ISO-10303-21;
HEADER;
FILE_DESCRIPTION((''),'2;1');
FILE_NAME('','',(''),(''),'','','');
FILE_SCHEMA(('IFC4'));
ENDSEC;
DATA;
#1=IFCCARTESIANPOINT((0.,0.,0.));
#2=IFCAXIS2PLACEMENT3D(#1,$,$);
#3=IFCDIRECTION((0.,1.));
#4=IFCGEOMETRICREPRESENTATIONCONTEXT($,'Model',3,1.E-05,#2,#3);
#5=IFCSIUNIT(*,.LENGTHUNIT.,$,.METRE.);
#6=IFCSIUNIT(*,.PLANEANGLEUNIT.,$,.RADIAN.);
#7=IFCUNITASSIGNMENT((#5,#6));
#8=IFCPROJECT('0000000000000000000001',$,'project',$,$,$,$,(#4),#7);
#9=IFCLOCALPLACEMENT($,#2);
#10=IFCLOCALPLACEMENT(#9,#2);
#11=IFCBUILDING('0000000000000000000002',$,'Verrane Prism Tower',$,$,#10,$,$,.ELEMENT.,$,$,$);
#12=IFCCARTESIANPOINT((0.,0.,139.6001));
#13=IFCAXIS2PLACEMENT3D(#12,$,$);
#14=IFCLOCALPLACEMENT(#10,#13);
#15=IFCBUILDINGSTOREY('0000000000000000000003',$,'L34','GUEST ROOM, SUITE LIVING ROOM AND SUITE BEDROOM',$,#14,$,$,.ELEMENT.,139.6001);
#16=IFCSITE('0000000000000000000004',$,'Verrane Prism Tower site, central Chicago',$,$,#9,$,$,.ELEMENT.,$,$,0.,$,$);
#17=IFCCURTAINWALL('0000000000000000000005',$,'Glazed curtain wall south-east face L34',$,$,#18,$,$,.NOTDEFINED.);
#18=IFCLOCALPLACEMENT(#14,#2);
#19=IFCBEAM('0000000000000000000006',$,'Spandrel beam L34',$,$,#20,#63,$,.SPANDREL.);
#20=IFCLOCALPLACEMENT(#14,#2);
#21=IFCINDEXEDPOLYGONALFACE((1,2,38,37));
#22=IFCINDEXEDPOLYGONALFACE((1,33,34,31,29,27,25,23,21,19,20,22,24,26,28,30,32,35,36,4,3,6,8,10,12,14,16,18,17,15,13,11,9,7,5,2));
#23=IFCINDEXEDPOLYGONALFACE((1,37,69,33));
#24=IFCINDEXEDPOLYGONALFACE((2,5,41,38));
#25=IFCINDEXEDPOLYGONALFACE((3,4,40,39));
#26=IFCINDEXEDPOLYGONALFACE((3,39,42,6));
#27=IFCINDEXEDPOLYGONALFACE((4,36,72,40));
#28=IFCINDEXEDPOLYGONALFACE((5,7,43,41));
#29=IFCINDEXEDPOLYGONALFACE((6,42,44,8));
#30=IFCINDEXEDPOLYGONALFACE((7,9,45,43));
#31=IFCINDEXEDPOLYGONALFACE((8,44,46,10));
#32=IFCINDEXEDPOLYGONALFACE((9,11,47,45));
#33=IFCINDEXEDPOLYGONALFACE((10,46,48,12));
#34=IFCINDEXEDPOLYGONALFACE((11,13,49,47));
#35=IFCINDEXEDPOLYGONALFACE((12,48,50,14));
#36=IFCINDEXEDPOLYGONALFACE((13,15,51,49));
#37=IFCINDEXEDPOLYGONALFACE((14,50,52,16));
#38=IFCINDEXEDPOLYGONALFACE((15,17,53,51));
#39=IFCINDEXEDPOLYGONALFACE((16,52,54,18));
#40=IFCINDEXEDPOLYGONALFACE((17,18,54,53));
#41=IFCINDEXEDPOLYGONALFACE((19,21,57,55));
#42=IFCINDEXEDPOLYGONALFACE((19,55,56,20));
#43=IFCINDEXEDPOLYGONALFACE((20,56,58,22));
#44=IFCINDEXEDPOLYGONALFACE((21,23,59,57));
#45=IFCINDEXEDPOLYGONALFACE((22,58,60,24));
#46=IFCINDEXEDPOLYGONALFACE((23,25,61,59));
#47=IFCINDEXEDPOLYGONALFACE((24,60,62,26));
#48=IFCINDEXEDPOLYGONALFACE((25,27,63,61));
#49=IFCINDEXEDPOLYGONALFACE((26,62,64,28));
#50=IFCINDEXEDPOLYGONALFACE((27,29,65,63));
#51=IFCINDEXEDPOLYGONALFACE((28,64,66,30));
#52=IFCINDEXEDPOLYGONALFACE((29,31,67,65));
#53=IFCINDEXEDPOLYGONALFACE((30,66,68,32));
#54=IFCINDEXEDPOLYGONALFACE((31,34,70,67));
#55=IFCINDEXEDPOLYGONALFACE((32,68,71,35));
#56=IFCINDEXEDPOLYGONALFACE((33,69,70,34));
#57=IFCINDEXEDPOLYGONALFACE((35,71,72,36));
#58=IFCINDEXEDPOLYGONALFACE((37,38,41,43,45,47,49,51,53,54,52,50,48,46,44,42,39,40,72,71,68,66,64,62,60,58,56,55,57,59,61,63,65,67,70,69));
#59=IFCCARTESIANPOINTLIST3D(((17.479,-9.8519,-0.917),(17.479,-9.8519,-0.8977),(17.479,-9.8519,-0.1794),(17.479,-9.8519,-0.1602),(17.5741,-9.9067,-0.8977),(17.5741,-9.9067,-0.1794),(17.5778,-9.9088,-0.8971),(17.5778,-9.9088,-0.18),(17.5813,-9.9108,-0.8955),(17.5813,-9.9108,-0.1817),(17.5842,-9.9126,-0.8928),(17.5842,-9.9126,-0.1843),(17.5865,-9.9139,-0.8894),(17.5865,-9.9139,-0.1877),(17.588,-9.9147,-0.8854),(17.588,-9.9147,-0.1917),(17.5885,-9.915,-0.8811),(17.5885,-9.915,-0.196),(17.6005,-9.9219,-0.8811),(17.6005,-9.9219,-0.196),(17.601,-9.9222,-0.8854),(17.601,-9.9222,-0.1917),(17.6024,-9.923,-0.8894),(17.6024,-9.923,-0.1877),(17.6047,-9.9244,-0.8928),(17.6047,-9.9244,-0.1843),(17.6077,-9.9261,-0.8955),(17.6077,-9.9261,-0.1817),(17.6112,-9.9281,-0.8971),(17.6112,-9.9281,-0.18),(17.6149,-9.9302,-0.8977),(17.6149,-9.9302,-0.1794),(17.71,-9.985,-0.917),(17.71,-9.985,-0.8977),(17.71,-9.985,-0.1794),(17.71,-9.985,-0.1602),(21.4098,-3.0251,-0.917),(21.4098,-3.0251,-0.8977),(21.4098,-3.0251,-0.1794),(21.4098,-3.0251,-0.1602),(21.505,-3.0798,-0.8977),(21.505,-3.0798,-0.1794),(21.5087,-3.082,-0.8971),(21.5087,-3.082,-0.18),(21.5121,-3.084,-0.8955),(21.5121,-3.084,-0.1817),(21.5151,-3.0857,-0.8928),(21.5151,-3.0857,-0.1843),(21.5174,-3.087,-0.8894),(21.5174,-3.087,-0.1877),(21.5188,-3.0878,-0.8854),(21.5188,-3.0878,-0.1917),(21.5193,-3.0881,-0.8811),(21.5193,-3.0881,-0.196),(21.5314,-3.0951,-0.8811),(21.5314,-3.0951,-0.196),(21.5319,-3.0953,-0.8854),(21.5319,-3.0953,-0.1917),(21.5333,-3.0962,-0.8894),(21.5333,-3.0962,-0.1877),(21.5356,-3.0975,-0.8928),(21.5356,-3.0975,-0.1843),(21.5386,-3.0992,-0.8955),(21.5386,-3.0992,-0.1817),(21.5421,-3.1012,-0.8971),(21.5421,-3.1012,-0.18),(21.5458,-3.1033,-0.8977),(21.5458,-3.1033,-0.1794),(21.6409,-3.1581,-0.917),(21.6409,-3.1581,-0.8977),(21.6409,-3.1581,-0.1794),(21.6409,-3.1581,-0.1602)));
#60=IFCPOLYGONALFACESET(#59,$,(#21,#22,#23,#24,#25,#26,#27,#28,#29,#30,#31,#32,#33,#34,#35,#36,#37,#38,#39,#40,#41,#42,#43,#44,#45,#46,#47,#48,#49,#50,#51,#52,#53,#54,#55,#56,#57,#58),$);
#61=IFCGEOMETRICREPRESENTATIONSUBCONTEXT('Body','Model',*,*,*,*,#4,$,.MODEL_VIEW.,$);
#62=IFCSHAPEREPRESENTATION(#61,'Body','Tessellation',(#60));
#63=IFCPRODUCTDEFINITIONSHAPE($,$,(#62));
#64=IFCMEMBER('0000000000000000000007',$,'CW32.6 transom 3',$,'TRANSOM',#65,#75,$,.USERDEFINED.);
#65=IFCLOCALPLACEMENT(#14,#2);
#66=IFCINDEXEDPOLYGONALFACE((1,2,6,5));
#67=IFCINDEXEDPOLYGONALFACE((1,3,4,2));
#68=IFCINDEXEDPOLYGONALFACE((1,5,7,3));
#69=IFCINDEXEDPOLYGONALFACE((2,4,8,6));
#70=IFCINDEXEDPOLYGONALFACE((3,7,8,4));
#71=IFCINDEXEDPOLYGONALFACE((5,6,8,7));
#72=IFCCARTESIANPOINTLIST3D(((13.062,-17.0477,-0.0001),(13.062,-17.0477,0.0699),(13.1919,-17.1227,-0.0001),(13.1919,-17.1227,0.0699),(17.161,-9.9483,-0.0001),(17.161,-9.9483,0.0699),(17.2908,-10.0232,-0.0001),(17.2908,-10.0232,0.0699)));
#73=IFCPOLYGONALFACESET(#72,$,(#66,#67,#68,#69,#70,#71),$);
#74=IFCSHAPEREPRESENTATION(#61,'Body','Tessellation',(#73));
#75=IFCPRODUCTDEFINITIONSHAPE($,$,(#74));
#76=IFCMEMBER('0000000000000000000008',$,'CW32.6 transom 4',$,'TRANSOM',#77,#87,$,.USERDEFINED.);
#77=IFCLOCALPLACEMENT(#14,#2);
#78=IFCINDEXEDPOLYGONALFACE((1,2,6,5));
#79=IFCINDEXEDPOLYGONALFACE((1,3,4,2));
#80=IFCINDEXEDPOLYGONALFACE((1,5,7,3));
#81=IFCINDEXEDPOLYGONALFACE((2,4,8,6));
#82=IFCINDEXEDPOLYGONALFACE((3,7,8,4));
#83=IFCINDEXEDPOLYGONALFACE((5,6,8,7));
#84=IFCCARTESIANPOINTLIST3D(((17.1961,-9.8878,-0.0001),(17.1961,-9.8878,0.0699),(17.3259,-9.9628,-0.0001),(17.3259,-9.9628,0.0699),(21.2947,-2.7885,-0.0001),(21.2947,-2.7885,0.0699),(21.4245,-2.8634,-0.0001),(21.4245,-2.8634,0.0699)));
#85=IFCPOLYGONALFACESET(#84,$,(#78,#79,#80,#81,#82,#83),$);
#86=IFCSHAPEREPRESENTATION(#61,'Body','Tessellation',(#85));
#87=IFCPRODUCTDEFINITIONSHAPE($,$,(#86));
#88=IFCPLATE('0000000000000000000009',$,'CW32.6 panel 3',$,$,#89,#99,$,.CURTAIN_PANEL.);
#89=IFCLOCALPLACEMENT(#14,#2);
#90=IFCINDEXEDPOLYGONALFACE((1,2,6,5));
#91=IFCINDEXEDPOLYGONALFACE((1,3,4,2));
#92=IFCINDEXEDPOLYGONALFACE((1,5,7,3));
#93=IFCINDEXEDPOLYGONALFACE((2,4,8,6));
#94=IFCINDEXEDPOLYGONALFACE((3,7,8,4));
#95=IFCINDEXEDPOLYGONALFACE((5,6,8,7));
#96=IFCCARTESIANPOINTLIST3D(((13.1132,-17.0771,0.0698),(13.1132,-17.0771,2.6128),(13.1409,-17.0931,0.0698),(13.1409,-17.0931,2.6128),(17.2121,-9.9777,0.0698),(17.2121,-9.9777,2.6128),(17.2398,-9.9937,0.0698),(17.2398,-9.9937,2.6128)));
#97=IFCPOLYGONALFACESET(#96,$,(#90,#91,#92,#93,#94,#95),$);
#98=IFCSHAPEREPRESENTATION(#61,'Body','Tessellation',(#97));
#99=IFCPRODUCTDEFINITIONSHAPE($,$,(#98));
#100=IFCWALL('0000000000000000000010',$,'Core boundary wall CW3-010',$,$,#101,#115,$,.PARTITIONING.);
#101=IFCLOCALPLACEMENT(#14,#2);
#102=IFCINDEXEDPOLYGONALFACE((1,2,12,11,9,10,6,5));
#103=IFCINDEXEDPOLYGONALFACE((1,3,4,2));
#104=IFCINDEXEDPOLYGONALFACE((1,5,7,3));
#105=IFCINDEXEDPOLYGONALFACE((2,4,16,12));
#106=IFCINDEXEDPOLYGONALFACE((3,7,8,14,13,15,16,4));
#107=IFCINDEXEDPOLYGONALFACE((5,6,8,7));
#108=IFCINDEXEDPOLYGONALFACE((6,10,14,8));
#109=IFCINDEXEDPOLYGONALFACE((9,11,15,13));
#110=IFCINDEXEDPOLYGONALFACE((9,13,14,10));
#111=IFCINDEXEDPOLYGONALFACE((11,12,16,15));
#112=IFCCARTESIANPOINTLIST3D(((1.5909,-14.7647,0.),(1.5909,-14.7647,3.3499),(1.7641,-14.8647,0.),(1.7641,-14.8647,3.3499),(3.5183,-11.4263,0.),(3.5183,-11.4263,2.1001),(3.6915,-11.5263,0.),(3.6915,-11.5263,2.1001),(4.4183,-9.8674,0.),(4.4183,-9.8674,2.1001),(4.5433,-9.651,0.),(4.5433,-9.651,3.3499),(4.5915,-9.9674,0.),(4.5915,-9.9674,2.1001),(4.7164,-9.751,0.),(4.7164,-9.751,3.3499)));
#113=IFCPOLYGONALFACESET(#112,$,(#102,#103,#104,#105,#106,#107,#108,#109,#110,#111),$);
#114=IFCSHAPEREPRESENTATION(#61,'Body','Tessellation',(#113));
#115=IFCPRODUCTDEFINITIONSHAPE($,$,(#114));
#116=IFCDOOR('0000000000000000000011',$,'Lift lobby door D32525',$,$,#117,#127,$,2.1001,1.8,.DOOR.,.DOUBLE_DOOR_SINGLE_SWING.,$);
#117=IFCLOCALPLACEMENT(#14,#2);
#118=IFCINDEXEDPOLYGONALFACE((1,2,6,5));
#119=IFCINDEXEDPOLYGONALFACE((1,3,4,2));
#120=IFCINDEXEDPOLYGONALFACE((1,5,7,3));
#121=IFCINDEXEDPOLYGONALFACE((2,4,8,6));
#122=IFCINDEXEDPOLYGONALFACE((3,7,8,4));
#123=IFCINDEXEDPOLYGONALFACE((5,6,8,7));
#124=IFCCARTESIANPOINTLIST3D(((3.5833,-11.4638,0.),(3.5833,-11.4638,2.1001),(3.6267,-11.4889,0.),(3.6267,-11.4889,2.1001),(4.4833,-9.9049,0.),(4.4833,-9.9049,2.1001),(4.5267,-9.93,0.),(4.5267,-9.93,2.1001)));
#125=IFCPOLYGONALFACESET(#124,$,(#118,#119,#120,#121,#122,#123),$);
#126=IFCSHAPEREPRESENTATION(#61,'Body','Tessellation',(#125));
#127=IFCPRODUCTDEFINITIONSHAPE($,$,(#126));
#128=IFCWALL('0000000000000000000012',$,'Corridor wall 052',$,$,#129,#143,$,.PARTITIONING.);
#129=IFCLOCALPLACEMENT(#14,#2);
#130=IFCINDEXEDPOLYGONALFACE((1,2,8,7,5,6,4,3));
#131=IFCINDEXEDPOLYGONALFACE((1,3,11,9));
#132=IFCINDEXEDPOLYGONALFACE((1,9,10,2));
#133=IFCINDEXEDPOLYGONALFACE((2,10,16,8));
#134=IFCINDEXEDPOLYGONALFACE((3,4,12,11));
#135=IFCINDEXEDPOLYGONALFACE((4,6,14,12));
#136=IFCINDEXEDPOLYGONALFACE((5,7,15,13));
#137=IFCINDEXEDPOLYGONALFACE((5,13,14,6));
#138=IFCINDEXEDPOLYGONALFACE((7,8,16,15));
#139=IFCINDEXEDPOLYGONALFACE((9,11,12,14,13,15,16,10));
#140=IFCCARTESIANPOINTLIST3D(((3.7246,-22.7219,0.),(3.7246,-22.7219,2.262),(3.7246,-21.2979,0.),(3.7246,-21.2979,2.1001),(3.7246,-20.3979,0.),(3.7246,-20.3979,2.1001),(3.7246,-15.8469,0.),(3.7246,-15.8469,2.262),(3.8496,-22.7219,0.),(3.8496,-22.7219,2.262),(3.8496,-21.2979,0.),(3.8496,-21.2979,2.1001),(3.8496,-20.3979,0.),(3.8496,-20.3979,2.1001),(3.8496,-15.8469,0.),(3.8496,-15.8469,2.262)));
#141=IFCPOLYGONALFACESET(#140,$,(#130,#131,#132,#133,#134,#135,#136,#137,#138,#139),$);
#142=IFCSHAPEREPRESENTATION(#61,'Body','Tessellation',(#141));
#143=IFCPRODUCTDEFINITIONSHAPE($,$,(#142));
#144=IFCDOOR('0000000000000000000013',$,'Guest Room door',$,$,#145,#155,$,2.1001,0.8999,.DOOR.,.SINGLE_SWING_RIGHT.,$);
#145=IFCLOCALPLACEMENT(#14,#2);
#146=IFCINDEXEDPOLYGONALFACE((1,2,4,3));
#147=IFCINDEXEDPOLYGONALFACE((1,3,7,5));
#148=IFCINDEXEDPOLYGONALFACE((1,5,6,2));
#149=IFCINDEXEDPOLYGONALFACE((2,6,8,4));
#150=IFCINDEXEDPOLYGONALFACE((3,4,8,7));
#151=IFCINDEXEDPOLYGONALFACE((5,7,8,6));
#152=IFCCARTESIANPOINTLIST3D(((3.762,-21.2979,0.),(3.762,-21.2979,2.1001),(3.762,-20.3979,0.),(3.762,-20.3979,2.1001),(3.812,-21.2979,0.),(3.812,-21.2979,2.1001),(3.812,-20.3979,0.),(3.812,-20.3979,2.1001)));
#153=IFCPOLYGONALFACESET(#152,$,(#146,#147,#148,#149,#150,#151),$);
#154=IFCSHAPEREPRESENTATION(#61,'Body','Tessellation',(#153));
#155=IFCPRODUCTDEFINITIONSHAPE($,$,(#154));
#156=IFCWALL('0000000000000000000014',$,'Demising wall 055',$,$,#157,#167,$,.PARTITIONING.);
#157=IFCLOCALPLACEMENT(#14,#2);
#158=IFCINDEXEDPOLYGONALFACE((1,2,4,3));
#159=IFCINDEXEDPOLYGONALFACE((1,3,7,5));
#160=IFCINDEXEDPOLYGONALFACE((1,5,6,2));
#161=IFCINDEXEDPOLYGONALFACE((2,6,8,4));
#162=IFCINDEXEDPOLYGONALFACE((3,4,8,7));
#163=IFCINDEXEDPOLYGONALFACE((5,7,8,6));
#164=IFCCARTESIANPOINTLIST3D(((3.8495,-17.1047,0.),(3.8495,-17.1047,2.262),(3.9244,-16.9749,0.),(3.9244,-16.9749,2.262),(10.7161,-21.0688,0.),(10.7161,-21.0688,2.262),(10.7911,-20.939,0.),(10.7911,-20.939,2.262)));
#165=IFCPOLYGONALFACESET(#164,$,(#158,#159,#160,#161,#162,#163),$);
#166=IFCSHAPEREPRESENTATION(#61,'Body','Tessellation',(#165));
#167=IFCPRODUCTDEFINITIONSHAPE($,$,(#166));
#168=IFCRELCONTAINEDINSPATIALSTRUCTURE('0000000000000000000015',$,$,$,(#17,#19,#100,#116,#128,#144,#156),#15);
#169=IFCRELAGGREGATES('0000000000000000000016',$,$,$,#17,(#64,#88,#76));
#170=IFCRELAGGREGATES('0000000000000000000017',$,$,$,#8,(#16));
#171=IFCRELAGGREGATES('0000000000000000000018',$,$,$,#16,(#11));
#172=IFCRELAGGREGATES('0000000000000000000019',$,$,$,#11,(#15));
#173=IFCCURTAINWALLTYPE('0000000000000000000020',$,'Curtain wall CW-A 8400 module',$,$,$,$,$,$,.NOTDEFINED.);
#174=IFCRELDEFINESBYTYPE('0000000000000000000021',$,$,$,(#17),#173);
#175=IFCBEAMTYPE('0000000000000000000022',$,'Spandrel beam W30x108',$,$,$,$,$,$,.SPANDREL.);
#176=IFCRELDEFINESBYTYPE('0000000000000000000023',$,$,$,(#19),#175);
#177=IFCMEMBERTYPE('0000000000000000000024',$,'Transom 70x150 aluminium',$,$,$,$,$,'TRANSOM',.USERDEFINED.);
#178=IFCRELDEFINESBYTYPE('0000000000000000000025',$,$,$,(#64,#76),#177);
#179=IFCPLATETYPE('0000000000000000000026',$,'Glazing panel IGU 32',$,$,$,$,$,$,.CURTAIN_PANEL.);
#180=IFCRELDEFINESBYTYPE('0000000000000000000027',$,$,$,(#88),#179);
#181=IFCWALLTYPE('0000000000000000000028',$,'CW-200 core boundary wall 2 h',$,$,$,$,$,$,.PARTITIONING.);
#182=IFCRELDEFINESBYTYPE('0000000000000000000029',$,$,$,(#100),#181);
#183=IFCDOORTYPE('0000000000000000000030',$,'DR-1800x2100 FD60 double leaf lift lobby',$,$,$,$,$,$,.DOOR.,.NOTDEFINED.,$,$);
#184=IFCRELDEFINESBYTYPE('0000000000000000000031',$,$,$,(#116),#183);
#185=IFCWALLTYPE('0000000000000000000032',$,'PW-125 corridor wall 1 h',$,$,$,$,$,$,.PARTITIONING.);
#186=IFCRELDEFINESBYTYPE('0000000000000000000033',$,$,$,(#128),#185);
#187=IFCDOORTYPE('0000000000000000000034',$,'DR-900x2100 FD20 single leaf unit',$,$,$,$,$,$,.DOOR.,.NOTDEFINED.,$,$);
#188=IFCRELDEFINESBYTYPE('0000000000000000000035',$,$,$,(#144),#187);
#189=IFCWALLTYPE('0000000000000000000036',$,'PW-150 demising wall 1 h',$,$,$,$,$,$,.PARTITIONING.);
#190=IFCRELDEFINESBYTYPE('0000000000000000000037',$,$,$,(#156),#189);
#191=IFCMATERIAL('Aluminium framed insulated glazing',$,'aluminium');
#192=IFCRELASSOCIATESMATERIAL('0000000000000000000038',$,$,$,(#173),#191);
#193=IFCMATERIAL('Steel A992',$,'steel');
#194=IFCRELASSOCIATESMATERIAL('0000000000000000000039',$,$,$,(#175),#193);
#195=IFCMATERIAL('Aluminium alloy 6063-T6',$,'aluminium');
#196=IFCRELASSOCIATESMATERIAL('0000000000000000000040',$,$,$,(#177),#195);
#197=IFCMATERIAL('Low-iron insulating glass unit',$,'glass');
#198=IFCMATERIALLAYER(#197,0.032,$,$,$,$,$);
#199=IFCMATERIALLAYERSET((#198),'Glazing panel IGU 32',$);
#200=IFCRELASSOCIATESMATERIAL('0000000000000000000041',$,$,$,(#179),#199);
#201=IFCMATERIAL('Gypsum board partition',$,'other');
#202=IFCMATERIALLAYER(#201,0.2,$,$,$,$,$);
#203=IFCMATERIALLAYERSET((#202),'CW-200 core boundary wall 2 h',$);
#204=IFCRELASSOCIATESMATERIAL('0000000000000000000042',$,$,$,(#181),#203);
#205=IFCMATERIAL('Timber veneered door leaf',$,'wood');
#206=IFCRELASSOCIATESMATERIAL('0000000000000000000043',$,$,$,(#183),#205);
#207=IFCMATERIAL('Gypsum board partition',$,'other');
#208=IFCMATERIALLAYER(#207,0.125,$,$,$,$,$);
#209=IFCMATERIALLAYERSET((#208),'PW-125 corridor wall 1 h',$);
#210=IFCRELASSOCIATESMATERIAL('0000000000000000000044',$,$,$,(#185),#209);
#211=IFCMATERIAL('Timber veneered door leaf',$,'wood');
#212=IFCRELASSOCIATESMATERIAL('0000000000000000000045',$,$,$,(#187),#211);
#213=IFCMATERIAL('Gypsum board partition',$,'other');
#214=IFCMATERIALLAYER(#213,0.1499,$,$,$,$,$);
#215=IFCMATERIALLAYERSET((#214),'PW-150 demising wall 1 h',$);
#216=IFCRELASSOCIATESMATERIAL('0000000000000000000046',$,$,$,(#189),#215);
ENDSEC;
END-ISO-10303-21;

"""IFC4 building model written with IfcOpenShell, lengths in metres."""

from ifc_helpers import new_model, si_unit, direction, frame, frame_2d, origin, origin_2d, place, context, subcontext, project, spatial, rectangle, i_section, extrude, material, layer, layer_set, material_profile, profile_set, type_object, element, fill, aggregate, save


model = new_model("IFC4")

# Units and contexts
model_context = context("Model", 3, precision=1e-05, world=origin(), true_north=direction((0.0, 1.0)))
body_context = subcontext(model_context, "Body", "Model", "MODEL_VIEW")
ifc_project = project(units=[si_unit("LENGTHUNIT", "METRE"), si_unit("PLANEANGLEUNIT", "RADIAN")], contexts=[model_context])

# Site, building, storey
site_placement = place(None, origin())
site = spatial("IfcSite", under=ifc_project, at=site_placement, Name="Verrane Prism Tower site, central Chicago", CompositionType="ELEMENT", RefElevation=0.0)
building_placement = place(site_placement, origin())
building = spatial("IfcBuilding", under=site, at=building_placement, Name="Verrane Prism Tower", CompositionType="ELEMENT")
storey_placement = place(building_placement, frame((0.0, 0.0, 139.6001)))
storey = spatial("IfcBuildingStorey", under=building, at=storey_placement, Name="L34", Description="GUEST ROOM, SUITE LIVING ROOM AND SUITE BEDROOM", CompositionType="ELEMENT", Elevation=139.6001)

# Curtain wall
ifc_material_1 = material(Name="Aluminium framed insulated glazing", Category="aluminium")
curtain_wall_type = type_object("IfcCurtainWallType", Name="Curtain wall CW-A 8400 module", PredefinedType="NOTDEFINED", material=ifc_material_1)
curtain_wall_placement = place(storey_placement, origin())
curtain_wall = element("IfcCurtainWall", 1, at=curtain_wall_placement, inside=storey, type_object=curtain_wall_type, Name="Glazed curtain wall south-east face L34", PredefinedType="NOTDEFINED")

# Beam
ifc_material_2 = material(Name="Steel A992", Category="steel")
ifc_material_profile_1 = material_profile(ifc_material_2, i_section(OverallWidth=0.2666, OverallDepth=0.7568, WebThickness=0.0139, FlangeThickness=0.0193, FilletRadius=0.0166, at=origin_2d()), Name="W30x108")
ifc_profile_set_1 = profile_set([ifc_material_profile_1], Name="Steel A992")
beam_type_1 = type_object("IfcBeamType", Name="Spandrel beam W30x108", PredefinedType="SPANDREL", material=ifc_profile_set_1)
beam_1_placement = place(storey_placement, frame((17.5945, -9.9185, -0.5386), z_axis=(0.49899, 0.866608, 0.0), x_axis=(-0.866608, 0.49899, 0.0)))
element("IfcBeam", 2, at=beam_1_placement, inside=storey, type_object=beam_type_1, Name="Spandrel beam L34", PredefinedType="SPANDREL", context=body_context, shape_type="SweptSolid", body=[
    extrude(i_section(OverallWidth=0.2666, OverallDepth=0.7568, WebThickness=0.0139, FlangeThickness=0.0193, FilletRadius=0.0166, at=origin_2d()), origin(), (0.0, 0.0, 1.0), 7.8777),
])

# Members
ifc_material_3 = material(Name="Aluminium alloy 6063-T6", Category="aluminium")
ifc_material_profile_2 = material_profile(ifc_material_3, rectangle(XDim=0.1499, YDim=0.0701, at=origin_2d()), Name="Transom 70x150 aluminium")
ifc_profile_set_2 = profile_set([ifc_material_profile_2], Name="Aluminium alloy 6063-T6")
member_type_1 = type_object("IfcMemberType", Name="Transom 70x150 aluminium", ElementType="TRANSOM", PredefinedType="USERDEFINED", material=ifc_profile_set_2)
member_1_placement = place(storey_placement, frame((13.127, -17.0852, 0.0349), z_axis=(0.500005, 0.866022, 0.0), x_axis=(-0.866022, 0.500005, 0.0)))
member_1 = element("IfcMember", 3, at=member_1_placement, type_object=member_type_1, Name="CW32.6 transom 3", ObjectType="TRANSOM", PredefinedType="USERDEFINED", context=body_context, shape_type="SweptSolid", body=[
    extrude(rectangle(XDim=0.1499, YDim=0.0701, at=origin_2d()), origin(), (0.0, 0.0, 1.0), 8.1978),
])
member_2_placement = place(storey_placement, frame((17.261, -9.9253, 0.0349), z_axis=(0.499983, 0.866035, 0.0), x_axis=(-0.866035, 0.499983, 0.0)))
member_2 = element("IfcMember", 4, at=member_2_placement, type_object=member_type_1, Name="CW32.6 transom 4", ObjectType="TRANSOM", PredefinedType="USERDEFINED", context=body_context, shape_type="SweptSolid", body=[
    extrude(rectangle(XDim=0.1499, YDim=0.0701, at=origin_2d()), origin(), (0.0, 0.0, 1.0), 8.1975),
])

# Plate
ifc_material_4 = material(Name="Low-iron insulating glass unit", Category="glass")
ifc_layer_1 = layer(ifc_material_4, 0.032)
ifc_layer_set_1 = layer_set([ifc_layer_1], Name="Glazing panel IGU 32")
plate_type = type_object("IfcPlateType", Name="Glazing panel IGU 32", PredefinedType="CURTAIN_PANEL", material=ifc_layer_set_1)
plate_placement = place(storey_placement, frame((15.1765, -13.5354, 0.0698), z_axis=(0.0, 0.0, 1.0), x_axis=(0.5, 0.866025, 0.0)))
plate = element("IfcPlate", 5, at=plate_placement, type_object=plate_type, Name="CW32.6 panel 3", PredefinedType="CURTAIN_PANEL", context=body_context, shape_type="SweptSolid", body=[
    extrude(rectangle(XDim=8.1978, YDim=0.032, at=origin_2d()), origin(), (0.0, 0.0, 1.0), 2.543),
])
aggregate(curtain_wall, [member_1, plate, member_2])

# Walls, openings, doors
ifc_material_5 = material(Name="Gypsum board partition", Category="other")
ifc_layer_2 = layer(ifc_material_5, 0.2)
ifc_layer_set_2 = layer_set([ifc_layer_2], Name="CW-200 core boundary wall 2 h")
wall_type_1 = type_object("IfcWallType", Name="CW-200 core boundary wall 2 h", PredefinedType="PARTITIONING", material=ifc_layer_set_2)
wall_1_placement = place(storey_placement, frame((1.6775, -14.8147, 0.0), z_axis=(0.0, 0.0, 1.0), x_axis=(0.499994, 0.866029, 0.0)))
wall_1 = element("IfcWall", 6, at=wall_1_placement, inside=storey, type_object=wall_type_1, Name="Core boundary wall CW3-010", PredefinedType="PARTITIONING", context=body_context, shape_type="SweptSolid", body=[
    extrude(rectangle(XDim=5.9048, YDim=0.2, at=frame_2d((2.9524, 0.0))), origin(), (0.0, 0.0, 1.0), 3.3499),
])
opening_1_placement = place(wall_1_placement, frame((3.855, 0.0, 0.0)))
opening_1 = element("IfcOpeningElement", 7, at=opening_1_placement, cuts=wall_1, PredefinedType="OPENING", context=body_context, shape_type="SweptSolid", body=[
    extrude(rectangle(XDim=1.8, YDim=2.1001, at=frame_2d((0.8999, 1.05))), frame((0.0, 0.1099, 0.0), z_axis=(0.0, -1.0, 0.0), x_axis=(1.0, 0.0, 0.0)), (0.0, 0.0, 1.0), 0.22),
])
ifc_material_6 = material(Name="Timber veneered door leaf", Category="wood")
door_type_1 = type_object("IfcDoorType", Name="DR-1800x2100 FD60 double leaf lift lobby", OperationType="NOTDEFINED", PredefinedType="DOOR", material=ifc_material_6)
door_1_placement = place(opening_1_placement, origin())
door_1 = element("IfcDoor", 8, at=door_1_placement, inside=storey, type_object=door_type_1, Name="Lift lobby door D32525", OperationType="DOUBLE_DOOR_SINGLE_SWING", OverallHeight=2.1001, OverallWidth=1.8, PredefinedType="DOOR", context=body_context, shape_type="SweptSolid", body=[
    extrude(rectangle(XDim=1.8, YDim=2.1001, at=frame_2d((0.8999, 1.05))), frame((0.0, 0.0249, 0.0), z_axis=(0.0, -1.0, 0.0), x_axis=(1.0, 0.0, 0.0)), (0.0, 0.0, 1.0), 0.05),
])
fill(opening_1, door_1)
ifc_material_7 = material(Name="Gypsum board partition", Category="other")
ifc_layer_3 = layer(ifc_material_7, 0.125)
ifc_layer_set_3 = layer_set([ifc_layer_3], Name="PW-125 corridor wall 1 h")
wall_type_2 = type_object("IfcWallType", Name="PW-125 corridor wall 1 h", PredefinedType="PARTITIONING", material=ifc_layer_set_3)
wall_2_placement = place(storey_placement, frame((3.7871, -15.8469, 0.0), z_axis=(0.0, 0.0, 1.0), x_axis=(0.0, -1.0, 0.0)))
wall_2 = element("IfcWall", 9, at=wall_2_placement, inside=storey, type_object=wall_type_2, Name="Corridor wall 052", PredefinedType="PARTITIONING", context=body_context, shape_type="SweptSolid", body=[
    extrude(rectangle(XDim=6.875, YDim=0.125, at=frame_2d((3.4375, 0.0))), origin(), (0.0, 0.0, 1.0), 2.262),
])
opening_2_placement = place(wall_2_placement, frame((4.551, 0.0, 0.0)))
opening_2 = element("IfcOpeningElement", 10, at=opening_2_placement, cuts=wall_2, PredefinedType="OPENING", context=body_context, shape_type="SweptSolid", body=[
    extrude(rectangle(XDim=0.8999, YDim=2.1001, at=frame_2d((0.45, 1.05))), frame((0.0, 0.0725, 0.0), z_axis=(0.0, -1.0, 0.0), x_axis=(1.0, 0.0, 0.0)), (0.0, 0.0, 1.0), 0.145),
])
ifc_material_8 = material(Name="Timber veneered door leaf", Category="wood")
door_type_2 = type_object("IfcDoorType", Name="DR-900x2100 FD20 single leaf unit", OperationType="NOTDEFINED", PredefinedType="DOOR", material=ifc_material_8)
door_2_placement = place(opening_2_placement, origin())
door_2 = element("IfcDoor", 11, at=door_2_placement, inside=storey, type_object=door_type_2, Name="Guest Room door", OperationType="SINGLE_SWING_RIGHT", OverallHeight=2.1001, OverallWidth=0.8999, PredefinedType="DOOR", context=body_context, shape_type="SweptSolid", body=[
    extrude(rectangle(XDim=0.8999, YDim=2.1001, at=frame_2d((0.45, 1.05))), frame((0.0, 0.0249, 0.0), z_axis=(0.0, -1.0, 0.0), x_axis=(1.0, 0.0, 0.0)), (0.0, 0.0, 1.0), 0.05),
])
fill(opening_2, door_2)

# Wall
ifc_material_9 = material(Name="Gypsum board partition", Category="other")
ifc_layer_4 = layer(ifc_material_9, 0.1499)
ifc_layer_set_4 = layer_set([ifc_layer_4], Name="PW-150 demising wall 1 h")
wall_type_3 = type_object("IfcWallType", Name="PW-150 demising wall 1 h", PredefinedType="PARTITIONING", material=ifc_layer_set_4)
wall_3_placement = place(storey_placement, frame((3.887, -17.0398, 0.0), z_axis=(0.0, 0.0, 1.0), x_axis=(0.866046, -0.499964, 0.0)))
element("IfcWall", 12, at=wall_3_placement, inside=storey, type_object=wall_type_3, Name="Demising wall 055", PredefinedType="PARTITIONING", context=body_context, shape_type="SweptSolid", body=[
    extrude(rectangle(XDim=7.9287, YDim=0.1499, at=frame_2d((3.9644, 0.0))), origin(), (0.0, 0.0, 1.0), 2.262),
])

save(model, "model.ifc")
